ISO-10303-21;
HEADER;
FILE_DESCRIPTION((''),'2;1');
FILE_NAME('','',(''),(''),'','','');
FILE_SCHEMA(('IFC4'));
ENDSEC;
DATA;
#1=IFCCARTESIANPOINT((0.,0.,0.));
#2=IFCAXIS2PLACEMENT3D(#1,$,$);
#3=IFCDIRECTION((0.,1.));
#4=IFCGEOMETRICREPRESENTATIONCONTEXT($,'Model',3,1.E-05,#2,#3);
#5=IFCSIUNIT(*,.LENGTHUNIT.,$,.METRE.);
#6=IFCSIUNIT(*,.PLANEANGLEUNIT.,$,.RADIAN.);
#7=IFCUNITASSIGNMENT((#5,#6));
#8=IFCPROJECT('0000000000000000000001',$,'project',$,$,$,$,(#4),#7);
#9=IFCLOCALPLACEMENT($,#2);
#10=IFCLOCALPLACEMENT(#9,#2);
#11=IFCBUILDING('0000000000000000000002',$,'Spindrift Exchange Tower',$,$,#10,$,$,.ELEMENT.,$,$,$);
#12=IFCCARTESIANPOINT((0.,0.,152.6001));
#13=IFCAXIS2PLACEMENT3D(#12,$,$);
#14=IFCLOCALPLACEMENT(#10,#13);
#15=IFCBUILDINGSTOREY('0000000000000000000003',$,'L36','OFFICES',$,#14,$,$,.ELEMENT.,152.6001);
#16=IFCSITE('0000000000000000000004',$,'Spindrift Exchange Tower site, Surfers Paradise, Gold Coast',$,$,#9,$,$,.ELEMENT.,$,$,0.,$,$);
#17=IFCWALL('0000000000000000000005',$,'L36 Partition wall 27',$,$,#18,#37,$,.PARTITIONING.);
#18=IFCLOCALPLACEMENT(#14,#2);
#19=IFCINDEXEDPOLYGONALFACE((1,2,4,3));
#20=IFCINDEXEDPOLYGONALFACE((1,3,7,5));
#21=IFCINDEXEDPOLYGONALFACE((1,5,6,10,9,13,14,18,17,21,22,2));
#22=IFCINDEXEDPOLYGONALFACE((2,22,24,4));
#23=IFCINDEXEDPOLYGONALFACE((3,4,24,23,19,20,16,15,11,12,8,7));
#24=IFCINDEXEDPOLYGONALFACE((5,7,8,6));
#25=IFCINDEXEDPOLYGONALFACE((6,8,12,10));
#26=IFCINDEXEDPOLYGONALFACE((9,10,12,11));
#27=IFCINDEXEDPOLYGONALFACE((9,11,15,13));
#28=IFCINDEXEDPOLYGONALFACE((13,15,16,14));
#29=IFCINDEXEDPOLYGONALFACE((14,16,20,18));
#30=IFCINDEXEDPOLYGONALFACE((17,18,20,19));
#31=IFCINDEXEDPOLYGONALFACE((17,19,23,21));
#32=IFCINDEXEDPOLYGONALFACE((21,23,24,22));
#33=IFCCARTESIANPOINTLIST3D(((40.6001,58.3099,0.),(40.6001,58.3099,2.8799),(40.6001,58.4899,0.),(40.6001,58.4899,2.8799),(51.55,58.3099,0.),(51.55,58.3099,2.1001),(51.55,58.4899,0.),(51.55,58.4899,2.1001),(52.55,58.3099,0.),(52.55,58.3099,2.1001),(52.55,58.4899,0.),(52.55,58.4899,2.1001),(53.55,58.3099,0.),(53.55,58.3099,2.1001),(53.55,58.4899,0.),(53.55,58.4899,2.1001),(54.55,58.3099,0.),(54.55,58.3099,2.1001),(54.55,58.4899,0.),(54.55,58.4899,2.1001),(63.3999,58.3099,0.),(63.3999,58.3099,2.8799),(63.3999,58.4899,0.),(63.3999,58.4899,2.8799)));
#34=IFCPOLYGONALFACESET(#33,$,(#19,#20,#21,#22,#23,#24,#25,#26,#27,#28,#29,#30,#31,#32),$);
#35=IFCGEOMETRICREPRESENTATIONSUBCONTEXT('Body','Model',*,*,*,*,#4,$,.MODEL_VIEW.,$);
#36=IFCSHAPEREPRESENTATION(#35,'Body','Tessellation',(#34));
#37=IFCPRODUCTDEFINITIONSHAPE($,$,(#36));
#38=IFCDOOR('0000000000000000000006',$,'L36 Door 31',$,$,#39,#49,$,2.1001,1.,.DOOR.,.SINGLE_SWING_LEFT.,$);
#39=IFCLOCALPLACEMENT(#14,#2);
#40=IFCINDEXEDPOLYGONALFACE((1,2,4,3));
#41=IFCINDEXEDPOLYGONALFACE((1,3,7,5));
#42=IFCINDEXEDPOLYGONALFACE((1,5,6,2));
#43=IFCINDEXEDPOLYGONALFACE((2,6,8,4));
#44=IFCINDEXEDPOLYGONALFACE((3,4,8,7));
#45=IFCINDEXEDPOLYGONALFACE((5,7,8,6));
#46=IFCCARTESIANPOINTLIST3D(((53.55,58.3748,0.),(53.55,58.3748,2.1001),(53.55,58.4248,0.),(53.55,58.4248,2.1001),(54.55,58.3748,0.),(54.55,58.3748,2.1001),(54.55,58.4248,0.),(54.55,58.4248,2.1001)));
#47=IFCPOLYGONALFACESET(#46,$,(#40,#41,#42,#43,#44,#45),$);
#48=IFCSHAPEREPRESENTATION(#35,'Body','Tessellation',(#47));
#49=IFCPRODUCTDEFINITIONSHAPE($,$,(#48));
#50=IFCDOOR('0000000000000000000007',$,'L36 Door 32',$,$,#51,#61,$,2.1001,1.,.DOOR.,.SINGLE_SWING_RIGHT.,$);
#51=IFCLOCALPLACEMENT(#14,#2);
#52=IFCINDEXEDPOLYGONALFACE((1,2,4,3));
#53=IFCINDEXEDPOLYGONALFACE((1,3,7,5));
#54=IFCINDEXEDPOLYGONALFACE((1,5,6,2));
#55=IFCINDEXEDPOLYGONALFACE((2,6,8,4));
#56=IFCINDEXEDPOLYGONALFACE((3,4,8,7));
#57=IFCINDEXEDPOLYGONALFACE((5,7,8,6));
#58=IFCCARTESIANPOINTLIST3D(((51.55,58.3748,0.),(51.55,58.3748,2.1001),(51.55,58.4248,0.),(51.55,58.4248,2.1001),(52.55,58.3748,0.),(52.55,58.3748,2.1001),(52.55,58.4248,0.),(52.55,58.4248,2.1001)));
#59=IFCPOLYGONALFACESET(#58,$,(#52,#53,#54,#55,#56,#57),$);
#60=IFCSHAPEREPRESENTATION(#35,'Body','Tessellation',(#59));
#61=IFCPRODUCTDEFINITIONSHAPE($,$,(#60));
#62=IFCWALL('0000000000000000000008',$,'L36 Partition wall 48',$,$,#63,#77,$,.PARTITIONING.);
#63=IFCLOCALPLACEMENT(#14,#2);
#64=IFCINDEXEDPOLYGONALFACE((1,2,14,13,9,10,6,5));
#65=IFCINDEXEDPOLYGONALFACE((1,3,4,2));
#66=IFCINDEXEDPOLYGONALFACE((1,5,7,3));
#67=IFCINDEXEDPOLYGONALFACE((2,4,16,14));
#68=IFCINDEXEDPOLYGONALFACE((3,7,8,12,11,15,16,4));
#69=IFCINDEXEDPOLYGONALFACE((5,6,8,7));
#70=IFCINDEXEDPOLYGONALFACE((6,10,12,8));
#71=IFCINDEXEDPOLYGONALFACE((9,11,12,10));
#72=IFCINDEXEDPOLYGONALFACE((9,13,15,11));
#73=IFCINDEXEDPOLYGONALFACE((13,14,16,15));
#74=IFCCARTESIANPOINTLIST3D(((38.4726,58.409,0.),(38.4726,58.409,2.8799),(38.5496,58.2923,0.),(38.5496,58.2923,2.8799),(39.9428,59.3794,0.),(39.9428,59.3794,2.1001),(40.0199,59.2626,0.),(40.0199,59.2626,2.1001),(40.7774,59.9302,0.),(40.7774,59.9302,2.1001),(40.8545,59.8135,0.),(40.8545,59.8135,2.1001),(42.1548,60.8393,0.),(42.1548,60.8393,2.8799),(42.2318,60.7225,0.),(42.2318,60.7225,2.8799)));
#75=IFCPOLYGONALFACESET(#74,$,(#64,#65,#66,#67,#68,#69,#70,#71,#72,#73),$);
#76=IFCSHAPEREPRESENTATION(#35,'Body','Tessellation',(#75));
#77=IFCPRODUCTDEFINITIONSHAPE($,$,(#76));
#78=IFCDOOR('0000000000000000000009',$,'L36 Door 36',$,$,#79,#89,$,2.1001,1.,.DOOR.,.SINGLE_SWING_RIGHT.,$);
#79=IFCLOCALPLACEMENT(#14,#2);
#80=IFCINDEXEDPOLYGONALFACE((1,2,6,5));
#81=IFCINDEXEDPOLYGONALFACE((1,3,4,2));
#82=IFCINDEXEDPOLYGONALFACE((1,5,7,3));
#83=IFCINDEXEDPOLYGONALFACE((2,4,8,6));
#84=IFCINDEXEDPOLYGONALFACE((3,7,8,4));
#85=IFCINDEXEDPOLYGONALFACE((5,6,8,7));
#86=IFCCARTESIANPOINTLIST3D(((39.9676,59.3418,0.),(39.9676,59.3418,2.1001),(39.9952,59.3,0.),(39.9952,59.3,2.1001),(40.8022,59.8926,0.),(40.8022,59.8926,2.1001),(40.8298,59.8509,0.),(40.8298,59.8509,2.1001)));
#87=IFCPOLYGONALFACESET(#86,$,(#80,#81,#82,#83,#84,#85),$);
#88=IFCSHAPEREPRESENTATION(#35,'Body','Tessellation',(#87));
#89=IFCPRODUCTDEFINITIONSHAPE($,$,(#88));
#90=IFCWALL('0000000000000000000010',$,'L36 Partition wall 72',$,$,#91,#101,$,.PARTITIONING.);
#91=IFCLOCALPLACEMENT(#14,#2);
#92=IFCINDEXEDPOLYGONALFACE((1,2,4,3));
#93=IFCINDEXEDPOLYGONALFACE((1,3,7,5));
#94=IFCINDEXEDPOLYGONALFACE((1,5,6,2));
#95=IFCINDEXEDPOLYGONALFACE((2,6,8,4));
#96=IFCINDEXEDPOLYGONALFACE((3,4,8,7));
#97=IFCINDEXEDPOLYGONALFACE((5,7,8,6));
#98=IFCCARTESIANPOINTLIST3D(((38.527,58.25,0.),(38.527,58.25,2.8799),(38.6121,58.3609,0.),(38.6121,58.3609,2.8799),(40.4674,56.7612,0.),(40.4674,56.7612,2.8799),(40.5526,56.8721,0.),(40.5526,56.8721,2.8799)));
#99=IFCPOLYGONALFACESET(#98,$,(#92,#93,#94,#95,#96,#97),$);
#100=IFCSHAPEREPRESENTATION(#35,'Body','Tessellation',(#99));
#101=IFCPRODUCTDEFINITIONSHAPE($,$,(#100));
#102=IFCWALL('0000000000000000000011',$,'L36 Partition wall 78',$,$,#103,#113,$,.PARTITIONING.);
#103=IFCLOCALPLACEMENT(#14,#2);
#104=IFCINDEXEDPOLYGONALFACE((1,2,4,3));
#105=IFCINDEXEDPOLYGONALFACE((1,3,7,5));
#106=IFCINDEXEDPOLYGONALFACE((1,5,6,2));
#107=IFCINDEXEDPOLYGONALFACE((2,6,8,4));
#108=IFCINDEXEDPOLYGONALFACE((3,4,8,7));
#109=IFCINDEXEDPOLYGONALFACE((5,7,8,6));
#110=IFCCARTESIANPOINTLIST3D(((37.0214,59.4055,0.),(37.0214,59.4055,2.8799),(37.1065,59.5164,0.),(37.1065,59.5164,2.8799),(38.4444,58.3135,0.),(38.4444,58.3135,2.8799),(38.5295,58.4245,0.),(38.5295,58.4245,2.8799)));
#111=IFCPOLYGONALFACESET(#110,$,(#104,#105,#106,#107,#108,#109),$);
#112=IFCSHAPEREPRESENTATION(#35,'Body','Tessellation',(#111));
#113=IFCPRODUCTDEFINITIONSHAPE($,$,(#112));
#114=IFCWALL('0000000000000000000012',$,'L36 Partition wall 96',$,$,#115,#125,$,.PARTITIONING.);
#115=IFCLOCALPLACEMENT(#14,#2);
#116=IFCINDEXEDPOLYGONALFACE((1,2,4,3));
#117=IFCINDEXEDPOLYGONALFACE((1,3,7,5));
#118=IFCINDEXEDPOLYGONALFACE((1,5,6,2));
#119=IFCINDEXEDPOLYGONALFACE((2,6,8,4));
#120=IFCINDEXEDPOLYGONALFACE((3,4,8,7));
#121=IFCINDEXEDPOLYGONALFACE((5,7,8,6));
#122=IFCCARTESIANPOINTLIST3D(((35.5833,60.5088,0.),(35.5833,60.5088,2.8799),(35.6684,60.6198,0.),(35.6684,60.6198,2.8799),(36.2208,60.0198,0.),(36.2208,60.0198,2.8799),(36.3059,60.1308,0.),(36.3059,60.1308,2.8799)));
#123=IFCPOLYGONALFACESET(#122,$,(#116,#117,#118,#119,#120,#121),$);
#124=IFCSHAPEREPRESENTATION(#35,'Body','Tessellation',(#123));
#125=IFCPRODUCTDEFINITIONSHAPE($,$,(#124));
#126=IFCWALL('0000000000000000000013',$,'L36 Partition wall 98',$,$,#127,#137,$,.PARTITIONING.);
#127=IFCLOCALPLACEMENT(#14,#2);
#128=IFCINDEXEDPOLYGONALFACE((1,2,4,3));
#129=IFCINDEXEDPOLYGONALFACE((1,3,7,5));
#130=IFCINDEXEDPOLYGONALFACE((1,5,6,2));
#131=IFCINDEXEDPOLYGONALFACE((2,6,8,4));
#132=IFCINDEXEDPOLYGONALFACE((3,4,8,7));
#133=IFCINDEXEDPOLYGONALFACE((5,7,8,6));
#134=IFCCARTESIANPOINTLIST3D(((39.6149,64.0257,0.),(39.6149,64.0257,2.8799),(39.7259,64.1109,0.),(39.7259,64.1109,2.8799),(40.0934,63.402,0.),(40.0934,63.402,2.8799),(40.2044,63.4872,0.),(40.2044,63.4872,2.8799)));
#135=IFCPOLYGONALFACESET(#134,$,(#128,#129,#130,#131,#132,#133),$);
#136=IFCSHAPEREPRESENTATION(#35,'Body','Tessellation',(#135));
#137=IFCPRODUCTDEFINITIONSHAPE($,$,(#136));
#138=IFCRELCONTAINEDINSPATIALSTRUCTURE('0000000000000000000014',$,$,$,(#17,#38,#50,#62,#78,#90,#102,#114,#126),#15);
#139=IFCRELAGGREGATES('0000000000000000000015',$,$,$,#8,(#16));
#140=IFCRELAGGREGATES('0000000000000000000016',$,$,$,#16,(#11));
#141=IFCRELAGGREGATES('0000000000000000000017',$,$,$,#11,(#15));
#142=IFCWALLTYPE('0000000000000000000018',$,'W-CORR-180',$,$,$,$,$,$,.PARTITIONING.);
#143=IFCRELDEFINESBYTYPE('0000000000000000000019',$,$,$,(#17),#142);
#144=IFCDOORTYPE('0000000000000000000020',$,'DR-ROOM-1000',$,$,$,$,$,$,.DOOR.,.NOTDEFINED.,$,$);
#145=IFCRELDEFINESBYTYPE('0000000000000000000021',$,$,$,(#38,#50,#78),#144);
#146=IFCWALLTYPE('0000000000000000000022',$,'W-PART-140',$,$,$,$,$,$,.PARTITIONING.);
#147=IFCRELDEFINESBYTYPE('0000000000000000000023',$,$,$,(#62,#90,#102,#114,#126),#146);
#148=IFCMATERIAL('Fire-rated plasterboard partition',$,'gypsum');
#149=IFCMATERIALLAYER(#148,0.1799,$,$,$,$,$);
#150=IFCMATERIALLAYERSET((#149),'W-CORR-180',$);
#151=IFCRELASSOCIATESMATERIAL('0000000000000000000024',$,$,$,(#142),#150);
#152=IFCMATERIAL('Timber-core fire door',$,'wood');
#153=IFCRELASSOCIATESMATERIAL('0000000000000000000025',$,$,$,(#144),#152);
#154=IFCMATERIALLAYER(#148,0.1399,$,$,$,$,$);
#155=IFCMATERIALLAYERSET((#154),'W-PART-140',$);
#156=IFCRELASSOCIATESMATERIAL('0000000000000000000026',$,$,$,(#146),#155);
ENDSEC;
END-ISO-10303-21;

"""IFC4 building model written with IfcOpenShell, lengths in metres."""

from ifc_helpers import new_model, si_unit, direction, frame, frame_2d, origin, place, context, subcontext, project, spatial, rectangle, extrude, source, transform, mapped, material, layer, layer_set, type_object, element, fill, save


model = new_model("IFC4")

# Units and contexts
model_context = context("Model", 3, precision=1e-05, world=origin(), true_north=direction((0.0, 1.0)))
body_context = subcontext(model_context, "Body", "Model", "MODEL_VIEW")
ifc_project = project(units=[si_unit("LENGTHUNIT", "METRE"), si_unit("PLANEANGLEUNIT", "RADIAN")], contexts=[model_context])

# Site, building, storey
site_placement = place(None, origin())
site = spatial("IfcSite", under=ifc_project, at=site_placement, Name="Spindrift Exchange Tower site, Surfers Paradise, Gold Coast", CompositionType="ELEMENT", RefElevation=0.0)
building_placement = place(site_placement, origin())
building = spatial("IfcBuilding", under=site, at=building_placement, Name="Spindrift Exchange Tower", CompositionType="ELEMENT")
storey_placement = place(building_placement, frame((0.0, 0.0, 152.6001)))
storey = spatial("IfcBuildingStorey", under=building, at=storey_placement, Name="L36", Description="OFFICES", CompositionType="ELEMENT", Elevation=152.6001)

# Wall, openings, doors
ifc_material_1 = material(Name="Fire-rated plasterboard partition", Category="gypsum")
ifc_layer_1 = layer(ifc_material_1, 0.1799)
ifc_layer_set_1 = layer_set([ifc_layer_1], Name="W-CORR-180")
wall_type_1 = type_object("IfcWallType", Name="W-CORR-180", PredefinedType="PARTITIONING", material=ifc_layer_set_1)
wall_1_placement = place(storey_placement, frame((40.6001, 58.3999, 0.0), z_axis=(0.0, 0.0, 1.0), x_axis=(1.0, 0.0, 0.0)))
wall_1 = element("IfcWall", 1, at=wall_1_placement, inside=storey, type_object=wall_type_1, Name="L36 Partition wall 27", PredefinedType="PARTITIONING", context=body_context, shape_type="SweptSolid", body=[
    extrude(rectangle(XDim=22.7998, YDim=0.1799, at=frame_2d((11.3999, 0.0))), origin(), (0.0, 0.0, 1.0), 2.8799),
])
opening_1_placement = place(wall_1_placement, frame((12.95, 0.0, 0.0)))
opening_1 = element("IfcOpeningElement", 2, at=opening_1_placement, cuts=wall_1, PredefinedType="OPENING", context=body_context, shape_type="SweptSolid", body=[
    extrude(rectangle(XDim=1.0, YDim=2.1001, at=frame_2d((0.5, 1.05))), frame((0.0, 0.0999, 0.0), z_axis=(0.0, -1.0, 0.0), x_axis=(1.0, 0.0, 0.0)), (0.0, 0.0, 1.0), 0.2),
])
opening_2_placement = place(wall_1_placement, frame((10.95, 0.0, 0.0)))
opening_2 = element("IfcOpeningElement", 3, at=opening_2_placement, cuts=wall_1, PredefinedType="OPENING", context=body_context, shape_type="SweptSolid", body=[
    extrude(rectangle(XDim=1.0, YDim=2.1001, at=frame_2d((0.5, 1.05))), frame((0.0, 0.0999, 0.0), z_axis=(0.0, -1.0, 0.0), x_axis=(1.0, 0.0, 0.0)), (0.0, 0.0, 1.0), 0.2),
])
ifc_material_2 = material(Name="Timber-core fire door", Category="wood")
door_type = type_object("IfcDoorType", Name="DR-ROOM-1000", OperationType="NOTDEFINED", PredefinedType="DOOR", material=ifc_material_2)
shared_shape_1 = source(origin(), body_context, "Body", "SweptSolid", [
    extrude(rectangle(XDim=1.0, YDim=2.1001, at=frame_2d((0.5, 1.05))), frame((0.0, 0.0249, 0.0), z_axis=(0.0, -1.0, 0.0), x_axis=(1.0, 0.0, 0.0)), (0.0, 0.0, 1.0), 0.05),
])
door_1_placement = place(opening_1_placement, origin())
door_1 = element("IfcDoor", 4, at=door_1_placement, inside=storey, type_object=door_type, Name="L36 Door 31", OperationType="SINGLE_SWING_LEFT", OverallHeight=2.1001, OverallWidth=1.0, PredefinedType="DOOR", context=body_context, shape_type="MappedRepresentation", body=[
    mapped(shared_shape_1, transform((0.0, 0.0, 0.0), scale=1.0)),
])
fill(opening_1, door_1)
door_2_placement = place(opening_2_placement, origin())
door_2 = element("IfcDoor", 5, at=door_2_placement, inside=storey, type_object=door_type, Name="L36 Door 32", OperationType="SINGLE_SWING_RIGHT", OverallHeight=2.1001, OverallWidth=1.0, PredefinedType="DOOR", context=body_context, shape_type="MappedRepresentation", body=[
    mapped(shared_shape_1, transform((0.0, 0.0, 0.0), scale=1.0)),
])
fill(opening_2, door_2)

# Wall, opening, door
ifc_layer_2 = layer(ifc_material_1, 0.1399)
ifc_layer_set_2 = layer_set([ifc_layer_2], Name="W-PART-140")
wall_type_2 = type_object("IfcWallType", Name="W-PART-140", PredefinedType="PARTITIONING", material=ifc_layer_set_2)
wall_2_placement = place(storey_placement, frame((38.511, 58.3506, 0.0), z_axis=(0.0, 0.0, 1.0), x_axis=(0.834612, 0.550838, 0.0)))
wall_2 = element("IfcWall", 6, at=wall_2_placement, inside=storey, type_object=wall_type_2, Name="L36 Partition wall 48", PredefinedType="PARTITIONING", context=body_context, shape_type="SweptSolid", body=[
    extrude(rectangle(XDim=4.4119, YDim=0.1399, at=frame_2d((2.2061, 0.0))), origin(), (0.0, 0.0, 1.0), 2.8799),
])
opening_3_placement = place(wall_2_placement, frame((1.7617, 0.0, 0.0)))
opening_3 = element("IfcOpeningElement", 7, at=opening_3_placement, cuts=wall_2, PredefinedType="OPENING", context=body_context, shape_type="SweptSolid", body=[
    extrude(rectangle(XDim=1.0, YDim=2.1001, at=frame_2d((0.5, 1.05))), frame((0.0, 0.0798, 0.0), z_axis=(0.0, -1.0, 0.0), x_axis=(1.0, 0.0, 0.0)), (0.0, 0.0, 1.0), 0.1599),
])
door_3_placement = place(opening_3_placement, origin())
door_3 = element("IfcDoor", 8, at=door_3_placement, inside=storey, type_object=door_type, Name="L36 Door 36", OperationType="SINGLE_SWING_RIGHT", OverallHeight=2.1001, OverallWidth=1.0, PredefinedType="DOOR", context=body_context, shape_type="MappedRepresentation", body=[
    mapped(shared_shape_1, transform((0.0, 0.0, 0.0), scale=1.0)),
])
fill(opening_3, door_3)

# Walls
wall_3_placement = place(storey_placement, frame((40.51, 56.8167, 0.0), z_axis=(0.0, 0.0, 1.0), x_axis=(-0.793388, 0.608717, 0.0)))
element("IfcWall", 9, at=wall_3_placement, inside=storey, type_object=wall_type_2, Name="L36 Partition wall 72", PredefinedType="PARTITIONING", context=body_context, shape_type="SweptSolid", body=[
    extrude(rectangle(XDim=2.4458, YDim=0.1399, at=frame_2d((1.2229, 0.0))), origin(), (0.0, 0.0, 1.0), 2.8799),
])
wall_4_placement = place(storey_placement, frame((38.4871, 58.3689, 0.0), z_axis=(0.0, 0.0, 1.0), x_axis=(-0.793337, 0.608783, 0.0)))
element("IfcWall", 10, at=wall_4_placement, inside=storey, type_object=wall_type_2, Name="L36 Partition wall 78", PredefinedType="PARTITIONING", context=body_context, shape_type="SweptSolid", body=[
    extrude(rectangle(XDim=1.7937, YDim=0.1399, at=frame_2d((0.897, 0.0))), origin(), (0.0, 0.0, 1.0), 2.8799),
])
wall_5_placement = place(storey_placement, frame((36.2634, 60.0752, 0.0), z_axis=(0.0, 0.0, 1.0), x_axis=(-0.793425, 0.608668, 0.0)))
element("IfcWall", 11, at=wall_5_placement, inside=storey, type_object=wall_type_2, Name="L36 Partition wall 96", PredefinedType="PARTITIONING", context=body_context, shape_type="SweptSolid", body=[
    extrude(rectangle(XDim=0.8035, YDim=0.1399, at=frame_2d((0.4019, 0.0))), origin(), (0.0, 0.0, 1.0), 2.8799),
])
wall_6_placement = place(storey_placement, frame((40.1489, 63.4446, 0.0), z_axis=(0.0, 0.0, 1.0), x_axis=(-0.60866, 0.793431, 0.0)))
element("IfcWall", 12, at=wall_6_placement, inside=storey, type_object=wall_type_2, Name="L36 Partition wall 98", PredefinedType="PARTITIONING", context=body_context, shape_type="SweptSolid", body=[
    extrude(rectangle(XDim=0.7861, YDim=0.1399, at=frame_2d((0.3931, 0.0))), origin(), (0.0, 0.0, 1.0), 2.8799),
])

save(model, "model.ifc")
